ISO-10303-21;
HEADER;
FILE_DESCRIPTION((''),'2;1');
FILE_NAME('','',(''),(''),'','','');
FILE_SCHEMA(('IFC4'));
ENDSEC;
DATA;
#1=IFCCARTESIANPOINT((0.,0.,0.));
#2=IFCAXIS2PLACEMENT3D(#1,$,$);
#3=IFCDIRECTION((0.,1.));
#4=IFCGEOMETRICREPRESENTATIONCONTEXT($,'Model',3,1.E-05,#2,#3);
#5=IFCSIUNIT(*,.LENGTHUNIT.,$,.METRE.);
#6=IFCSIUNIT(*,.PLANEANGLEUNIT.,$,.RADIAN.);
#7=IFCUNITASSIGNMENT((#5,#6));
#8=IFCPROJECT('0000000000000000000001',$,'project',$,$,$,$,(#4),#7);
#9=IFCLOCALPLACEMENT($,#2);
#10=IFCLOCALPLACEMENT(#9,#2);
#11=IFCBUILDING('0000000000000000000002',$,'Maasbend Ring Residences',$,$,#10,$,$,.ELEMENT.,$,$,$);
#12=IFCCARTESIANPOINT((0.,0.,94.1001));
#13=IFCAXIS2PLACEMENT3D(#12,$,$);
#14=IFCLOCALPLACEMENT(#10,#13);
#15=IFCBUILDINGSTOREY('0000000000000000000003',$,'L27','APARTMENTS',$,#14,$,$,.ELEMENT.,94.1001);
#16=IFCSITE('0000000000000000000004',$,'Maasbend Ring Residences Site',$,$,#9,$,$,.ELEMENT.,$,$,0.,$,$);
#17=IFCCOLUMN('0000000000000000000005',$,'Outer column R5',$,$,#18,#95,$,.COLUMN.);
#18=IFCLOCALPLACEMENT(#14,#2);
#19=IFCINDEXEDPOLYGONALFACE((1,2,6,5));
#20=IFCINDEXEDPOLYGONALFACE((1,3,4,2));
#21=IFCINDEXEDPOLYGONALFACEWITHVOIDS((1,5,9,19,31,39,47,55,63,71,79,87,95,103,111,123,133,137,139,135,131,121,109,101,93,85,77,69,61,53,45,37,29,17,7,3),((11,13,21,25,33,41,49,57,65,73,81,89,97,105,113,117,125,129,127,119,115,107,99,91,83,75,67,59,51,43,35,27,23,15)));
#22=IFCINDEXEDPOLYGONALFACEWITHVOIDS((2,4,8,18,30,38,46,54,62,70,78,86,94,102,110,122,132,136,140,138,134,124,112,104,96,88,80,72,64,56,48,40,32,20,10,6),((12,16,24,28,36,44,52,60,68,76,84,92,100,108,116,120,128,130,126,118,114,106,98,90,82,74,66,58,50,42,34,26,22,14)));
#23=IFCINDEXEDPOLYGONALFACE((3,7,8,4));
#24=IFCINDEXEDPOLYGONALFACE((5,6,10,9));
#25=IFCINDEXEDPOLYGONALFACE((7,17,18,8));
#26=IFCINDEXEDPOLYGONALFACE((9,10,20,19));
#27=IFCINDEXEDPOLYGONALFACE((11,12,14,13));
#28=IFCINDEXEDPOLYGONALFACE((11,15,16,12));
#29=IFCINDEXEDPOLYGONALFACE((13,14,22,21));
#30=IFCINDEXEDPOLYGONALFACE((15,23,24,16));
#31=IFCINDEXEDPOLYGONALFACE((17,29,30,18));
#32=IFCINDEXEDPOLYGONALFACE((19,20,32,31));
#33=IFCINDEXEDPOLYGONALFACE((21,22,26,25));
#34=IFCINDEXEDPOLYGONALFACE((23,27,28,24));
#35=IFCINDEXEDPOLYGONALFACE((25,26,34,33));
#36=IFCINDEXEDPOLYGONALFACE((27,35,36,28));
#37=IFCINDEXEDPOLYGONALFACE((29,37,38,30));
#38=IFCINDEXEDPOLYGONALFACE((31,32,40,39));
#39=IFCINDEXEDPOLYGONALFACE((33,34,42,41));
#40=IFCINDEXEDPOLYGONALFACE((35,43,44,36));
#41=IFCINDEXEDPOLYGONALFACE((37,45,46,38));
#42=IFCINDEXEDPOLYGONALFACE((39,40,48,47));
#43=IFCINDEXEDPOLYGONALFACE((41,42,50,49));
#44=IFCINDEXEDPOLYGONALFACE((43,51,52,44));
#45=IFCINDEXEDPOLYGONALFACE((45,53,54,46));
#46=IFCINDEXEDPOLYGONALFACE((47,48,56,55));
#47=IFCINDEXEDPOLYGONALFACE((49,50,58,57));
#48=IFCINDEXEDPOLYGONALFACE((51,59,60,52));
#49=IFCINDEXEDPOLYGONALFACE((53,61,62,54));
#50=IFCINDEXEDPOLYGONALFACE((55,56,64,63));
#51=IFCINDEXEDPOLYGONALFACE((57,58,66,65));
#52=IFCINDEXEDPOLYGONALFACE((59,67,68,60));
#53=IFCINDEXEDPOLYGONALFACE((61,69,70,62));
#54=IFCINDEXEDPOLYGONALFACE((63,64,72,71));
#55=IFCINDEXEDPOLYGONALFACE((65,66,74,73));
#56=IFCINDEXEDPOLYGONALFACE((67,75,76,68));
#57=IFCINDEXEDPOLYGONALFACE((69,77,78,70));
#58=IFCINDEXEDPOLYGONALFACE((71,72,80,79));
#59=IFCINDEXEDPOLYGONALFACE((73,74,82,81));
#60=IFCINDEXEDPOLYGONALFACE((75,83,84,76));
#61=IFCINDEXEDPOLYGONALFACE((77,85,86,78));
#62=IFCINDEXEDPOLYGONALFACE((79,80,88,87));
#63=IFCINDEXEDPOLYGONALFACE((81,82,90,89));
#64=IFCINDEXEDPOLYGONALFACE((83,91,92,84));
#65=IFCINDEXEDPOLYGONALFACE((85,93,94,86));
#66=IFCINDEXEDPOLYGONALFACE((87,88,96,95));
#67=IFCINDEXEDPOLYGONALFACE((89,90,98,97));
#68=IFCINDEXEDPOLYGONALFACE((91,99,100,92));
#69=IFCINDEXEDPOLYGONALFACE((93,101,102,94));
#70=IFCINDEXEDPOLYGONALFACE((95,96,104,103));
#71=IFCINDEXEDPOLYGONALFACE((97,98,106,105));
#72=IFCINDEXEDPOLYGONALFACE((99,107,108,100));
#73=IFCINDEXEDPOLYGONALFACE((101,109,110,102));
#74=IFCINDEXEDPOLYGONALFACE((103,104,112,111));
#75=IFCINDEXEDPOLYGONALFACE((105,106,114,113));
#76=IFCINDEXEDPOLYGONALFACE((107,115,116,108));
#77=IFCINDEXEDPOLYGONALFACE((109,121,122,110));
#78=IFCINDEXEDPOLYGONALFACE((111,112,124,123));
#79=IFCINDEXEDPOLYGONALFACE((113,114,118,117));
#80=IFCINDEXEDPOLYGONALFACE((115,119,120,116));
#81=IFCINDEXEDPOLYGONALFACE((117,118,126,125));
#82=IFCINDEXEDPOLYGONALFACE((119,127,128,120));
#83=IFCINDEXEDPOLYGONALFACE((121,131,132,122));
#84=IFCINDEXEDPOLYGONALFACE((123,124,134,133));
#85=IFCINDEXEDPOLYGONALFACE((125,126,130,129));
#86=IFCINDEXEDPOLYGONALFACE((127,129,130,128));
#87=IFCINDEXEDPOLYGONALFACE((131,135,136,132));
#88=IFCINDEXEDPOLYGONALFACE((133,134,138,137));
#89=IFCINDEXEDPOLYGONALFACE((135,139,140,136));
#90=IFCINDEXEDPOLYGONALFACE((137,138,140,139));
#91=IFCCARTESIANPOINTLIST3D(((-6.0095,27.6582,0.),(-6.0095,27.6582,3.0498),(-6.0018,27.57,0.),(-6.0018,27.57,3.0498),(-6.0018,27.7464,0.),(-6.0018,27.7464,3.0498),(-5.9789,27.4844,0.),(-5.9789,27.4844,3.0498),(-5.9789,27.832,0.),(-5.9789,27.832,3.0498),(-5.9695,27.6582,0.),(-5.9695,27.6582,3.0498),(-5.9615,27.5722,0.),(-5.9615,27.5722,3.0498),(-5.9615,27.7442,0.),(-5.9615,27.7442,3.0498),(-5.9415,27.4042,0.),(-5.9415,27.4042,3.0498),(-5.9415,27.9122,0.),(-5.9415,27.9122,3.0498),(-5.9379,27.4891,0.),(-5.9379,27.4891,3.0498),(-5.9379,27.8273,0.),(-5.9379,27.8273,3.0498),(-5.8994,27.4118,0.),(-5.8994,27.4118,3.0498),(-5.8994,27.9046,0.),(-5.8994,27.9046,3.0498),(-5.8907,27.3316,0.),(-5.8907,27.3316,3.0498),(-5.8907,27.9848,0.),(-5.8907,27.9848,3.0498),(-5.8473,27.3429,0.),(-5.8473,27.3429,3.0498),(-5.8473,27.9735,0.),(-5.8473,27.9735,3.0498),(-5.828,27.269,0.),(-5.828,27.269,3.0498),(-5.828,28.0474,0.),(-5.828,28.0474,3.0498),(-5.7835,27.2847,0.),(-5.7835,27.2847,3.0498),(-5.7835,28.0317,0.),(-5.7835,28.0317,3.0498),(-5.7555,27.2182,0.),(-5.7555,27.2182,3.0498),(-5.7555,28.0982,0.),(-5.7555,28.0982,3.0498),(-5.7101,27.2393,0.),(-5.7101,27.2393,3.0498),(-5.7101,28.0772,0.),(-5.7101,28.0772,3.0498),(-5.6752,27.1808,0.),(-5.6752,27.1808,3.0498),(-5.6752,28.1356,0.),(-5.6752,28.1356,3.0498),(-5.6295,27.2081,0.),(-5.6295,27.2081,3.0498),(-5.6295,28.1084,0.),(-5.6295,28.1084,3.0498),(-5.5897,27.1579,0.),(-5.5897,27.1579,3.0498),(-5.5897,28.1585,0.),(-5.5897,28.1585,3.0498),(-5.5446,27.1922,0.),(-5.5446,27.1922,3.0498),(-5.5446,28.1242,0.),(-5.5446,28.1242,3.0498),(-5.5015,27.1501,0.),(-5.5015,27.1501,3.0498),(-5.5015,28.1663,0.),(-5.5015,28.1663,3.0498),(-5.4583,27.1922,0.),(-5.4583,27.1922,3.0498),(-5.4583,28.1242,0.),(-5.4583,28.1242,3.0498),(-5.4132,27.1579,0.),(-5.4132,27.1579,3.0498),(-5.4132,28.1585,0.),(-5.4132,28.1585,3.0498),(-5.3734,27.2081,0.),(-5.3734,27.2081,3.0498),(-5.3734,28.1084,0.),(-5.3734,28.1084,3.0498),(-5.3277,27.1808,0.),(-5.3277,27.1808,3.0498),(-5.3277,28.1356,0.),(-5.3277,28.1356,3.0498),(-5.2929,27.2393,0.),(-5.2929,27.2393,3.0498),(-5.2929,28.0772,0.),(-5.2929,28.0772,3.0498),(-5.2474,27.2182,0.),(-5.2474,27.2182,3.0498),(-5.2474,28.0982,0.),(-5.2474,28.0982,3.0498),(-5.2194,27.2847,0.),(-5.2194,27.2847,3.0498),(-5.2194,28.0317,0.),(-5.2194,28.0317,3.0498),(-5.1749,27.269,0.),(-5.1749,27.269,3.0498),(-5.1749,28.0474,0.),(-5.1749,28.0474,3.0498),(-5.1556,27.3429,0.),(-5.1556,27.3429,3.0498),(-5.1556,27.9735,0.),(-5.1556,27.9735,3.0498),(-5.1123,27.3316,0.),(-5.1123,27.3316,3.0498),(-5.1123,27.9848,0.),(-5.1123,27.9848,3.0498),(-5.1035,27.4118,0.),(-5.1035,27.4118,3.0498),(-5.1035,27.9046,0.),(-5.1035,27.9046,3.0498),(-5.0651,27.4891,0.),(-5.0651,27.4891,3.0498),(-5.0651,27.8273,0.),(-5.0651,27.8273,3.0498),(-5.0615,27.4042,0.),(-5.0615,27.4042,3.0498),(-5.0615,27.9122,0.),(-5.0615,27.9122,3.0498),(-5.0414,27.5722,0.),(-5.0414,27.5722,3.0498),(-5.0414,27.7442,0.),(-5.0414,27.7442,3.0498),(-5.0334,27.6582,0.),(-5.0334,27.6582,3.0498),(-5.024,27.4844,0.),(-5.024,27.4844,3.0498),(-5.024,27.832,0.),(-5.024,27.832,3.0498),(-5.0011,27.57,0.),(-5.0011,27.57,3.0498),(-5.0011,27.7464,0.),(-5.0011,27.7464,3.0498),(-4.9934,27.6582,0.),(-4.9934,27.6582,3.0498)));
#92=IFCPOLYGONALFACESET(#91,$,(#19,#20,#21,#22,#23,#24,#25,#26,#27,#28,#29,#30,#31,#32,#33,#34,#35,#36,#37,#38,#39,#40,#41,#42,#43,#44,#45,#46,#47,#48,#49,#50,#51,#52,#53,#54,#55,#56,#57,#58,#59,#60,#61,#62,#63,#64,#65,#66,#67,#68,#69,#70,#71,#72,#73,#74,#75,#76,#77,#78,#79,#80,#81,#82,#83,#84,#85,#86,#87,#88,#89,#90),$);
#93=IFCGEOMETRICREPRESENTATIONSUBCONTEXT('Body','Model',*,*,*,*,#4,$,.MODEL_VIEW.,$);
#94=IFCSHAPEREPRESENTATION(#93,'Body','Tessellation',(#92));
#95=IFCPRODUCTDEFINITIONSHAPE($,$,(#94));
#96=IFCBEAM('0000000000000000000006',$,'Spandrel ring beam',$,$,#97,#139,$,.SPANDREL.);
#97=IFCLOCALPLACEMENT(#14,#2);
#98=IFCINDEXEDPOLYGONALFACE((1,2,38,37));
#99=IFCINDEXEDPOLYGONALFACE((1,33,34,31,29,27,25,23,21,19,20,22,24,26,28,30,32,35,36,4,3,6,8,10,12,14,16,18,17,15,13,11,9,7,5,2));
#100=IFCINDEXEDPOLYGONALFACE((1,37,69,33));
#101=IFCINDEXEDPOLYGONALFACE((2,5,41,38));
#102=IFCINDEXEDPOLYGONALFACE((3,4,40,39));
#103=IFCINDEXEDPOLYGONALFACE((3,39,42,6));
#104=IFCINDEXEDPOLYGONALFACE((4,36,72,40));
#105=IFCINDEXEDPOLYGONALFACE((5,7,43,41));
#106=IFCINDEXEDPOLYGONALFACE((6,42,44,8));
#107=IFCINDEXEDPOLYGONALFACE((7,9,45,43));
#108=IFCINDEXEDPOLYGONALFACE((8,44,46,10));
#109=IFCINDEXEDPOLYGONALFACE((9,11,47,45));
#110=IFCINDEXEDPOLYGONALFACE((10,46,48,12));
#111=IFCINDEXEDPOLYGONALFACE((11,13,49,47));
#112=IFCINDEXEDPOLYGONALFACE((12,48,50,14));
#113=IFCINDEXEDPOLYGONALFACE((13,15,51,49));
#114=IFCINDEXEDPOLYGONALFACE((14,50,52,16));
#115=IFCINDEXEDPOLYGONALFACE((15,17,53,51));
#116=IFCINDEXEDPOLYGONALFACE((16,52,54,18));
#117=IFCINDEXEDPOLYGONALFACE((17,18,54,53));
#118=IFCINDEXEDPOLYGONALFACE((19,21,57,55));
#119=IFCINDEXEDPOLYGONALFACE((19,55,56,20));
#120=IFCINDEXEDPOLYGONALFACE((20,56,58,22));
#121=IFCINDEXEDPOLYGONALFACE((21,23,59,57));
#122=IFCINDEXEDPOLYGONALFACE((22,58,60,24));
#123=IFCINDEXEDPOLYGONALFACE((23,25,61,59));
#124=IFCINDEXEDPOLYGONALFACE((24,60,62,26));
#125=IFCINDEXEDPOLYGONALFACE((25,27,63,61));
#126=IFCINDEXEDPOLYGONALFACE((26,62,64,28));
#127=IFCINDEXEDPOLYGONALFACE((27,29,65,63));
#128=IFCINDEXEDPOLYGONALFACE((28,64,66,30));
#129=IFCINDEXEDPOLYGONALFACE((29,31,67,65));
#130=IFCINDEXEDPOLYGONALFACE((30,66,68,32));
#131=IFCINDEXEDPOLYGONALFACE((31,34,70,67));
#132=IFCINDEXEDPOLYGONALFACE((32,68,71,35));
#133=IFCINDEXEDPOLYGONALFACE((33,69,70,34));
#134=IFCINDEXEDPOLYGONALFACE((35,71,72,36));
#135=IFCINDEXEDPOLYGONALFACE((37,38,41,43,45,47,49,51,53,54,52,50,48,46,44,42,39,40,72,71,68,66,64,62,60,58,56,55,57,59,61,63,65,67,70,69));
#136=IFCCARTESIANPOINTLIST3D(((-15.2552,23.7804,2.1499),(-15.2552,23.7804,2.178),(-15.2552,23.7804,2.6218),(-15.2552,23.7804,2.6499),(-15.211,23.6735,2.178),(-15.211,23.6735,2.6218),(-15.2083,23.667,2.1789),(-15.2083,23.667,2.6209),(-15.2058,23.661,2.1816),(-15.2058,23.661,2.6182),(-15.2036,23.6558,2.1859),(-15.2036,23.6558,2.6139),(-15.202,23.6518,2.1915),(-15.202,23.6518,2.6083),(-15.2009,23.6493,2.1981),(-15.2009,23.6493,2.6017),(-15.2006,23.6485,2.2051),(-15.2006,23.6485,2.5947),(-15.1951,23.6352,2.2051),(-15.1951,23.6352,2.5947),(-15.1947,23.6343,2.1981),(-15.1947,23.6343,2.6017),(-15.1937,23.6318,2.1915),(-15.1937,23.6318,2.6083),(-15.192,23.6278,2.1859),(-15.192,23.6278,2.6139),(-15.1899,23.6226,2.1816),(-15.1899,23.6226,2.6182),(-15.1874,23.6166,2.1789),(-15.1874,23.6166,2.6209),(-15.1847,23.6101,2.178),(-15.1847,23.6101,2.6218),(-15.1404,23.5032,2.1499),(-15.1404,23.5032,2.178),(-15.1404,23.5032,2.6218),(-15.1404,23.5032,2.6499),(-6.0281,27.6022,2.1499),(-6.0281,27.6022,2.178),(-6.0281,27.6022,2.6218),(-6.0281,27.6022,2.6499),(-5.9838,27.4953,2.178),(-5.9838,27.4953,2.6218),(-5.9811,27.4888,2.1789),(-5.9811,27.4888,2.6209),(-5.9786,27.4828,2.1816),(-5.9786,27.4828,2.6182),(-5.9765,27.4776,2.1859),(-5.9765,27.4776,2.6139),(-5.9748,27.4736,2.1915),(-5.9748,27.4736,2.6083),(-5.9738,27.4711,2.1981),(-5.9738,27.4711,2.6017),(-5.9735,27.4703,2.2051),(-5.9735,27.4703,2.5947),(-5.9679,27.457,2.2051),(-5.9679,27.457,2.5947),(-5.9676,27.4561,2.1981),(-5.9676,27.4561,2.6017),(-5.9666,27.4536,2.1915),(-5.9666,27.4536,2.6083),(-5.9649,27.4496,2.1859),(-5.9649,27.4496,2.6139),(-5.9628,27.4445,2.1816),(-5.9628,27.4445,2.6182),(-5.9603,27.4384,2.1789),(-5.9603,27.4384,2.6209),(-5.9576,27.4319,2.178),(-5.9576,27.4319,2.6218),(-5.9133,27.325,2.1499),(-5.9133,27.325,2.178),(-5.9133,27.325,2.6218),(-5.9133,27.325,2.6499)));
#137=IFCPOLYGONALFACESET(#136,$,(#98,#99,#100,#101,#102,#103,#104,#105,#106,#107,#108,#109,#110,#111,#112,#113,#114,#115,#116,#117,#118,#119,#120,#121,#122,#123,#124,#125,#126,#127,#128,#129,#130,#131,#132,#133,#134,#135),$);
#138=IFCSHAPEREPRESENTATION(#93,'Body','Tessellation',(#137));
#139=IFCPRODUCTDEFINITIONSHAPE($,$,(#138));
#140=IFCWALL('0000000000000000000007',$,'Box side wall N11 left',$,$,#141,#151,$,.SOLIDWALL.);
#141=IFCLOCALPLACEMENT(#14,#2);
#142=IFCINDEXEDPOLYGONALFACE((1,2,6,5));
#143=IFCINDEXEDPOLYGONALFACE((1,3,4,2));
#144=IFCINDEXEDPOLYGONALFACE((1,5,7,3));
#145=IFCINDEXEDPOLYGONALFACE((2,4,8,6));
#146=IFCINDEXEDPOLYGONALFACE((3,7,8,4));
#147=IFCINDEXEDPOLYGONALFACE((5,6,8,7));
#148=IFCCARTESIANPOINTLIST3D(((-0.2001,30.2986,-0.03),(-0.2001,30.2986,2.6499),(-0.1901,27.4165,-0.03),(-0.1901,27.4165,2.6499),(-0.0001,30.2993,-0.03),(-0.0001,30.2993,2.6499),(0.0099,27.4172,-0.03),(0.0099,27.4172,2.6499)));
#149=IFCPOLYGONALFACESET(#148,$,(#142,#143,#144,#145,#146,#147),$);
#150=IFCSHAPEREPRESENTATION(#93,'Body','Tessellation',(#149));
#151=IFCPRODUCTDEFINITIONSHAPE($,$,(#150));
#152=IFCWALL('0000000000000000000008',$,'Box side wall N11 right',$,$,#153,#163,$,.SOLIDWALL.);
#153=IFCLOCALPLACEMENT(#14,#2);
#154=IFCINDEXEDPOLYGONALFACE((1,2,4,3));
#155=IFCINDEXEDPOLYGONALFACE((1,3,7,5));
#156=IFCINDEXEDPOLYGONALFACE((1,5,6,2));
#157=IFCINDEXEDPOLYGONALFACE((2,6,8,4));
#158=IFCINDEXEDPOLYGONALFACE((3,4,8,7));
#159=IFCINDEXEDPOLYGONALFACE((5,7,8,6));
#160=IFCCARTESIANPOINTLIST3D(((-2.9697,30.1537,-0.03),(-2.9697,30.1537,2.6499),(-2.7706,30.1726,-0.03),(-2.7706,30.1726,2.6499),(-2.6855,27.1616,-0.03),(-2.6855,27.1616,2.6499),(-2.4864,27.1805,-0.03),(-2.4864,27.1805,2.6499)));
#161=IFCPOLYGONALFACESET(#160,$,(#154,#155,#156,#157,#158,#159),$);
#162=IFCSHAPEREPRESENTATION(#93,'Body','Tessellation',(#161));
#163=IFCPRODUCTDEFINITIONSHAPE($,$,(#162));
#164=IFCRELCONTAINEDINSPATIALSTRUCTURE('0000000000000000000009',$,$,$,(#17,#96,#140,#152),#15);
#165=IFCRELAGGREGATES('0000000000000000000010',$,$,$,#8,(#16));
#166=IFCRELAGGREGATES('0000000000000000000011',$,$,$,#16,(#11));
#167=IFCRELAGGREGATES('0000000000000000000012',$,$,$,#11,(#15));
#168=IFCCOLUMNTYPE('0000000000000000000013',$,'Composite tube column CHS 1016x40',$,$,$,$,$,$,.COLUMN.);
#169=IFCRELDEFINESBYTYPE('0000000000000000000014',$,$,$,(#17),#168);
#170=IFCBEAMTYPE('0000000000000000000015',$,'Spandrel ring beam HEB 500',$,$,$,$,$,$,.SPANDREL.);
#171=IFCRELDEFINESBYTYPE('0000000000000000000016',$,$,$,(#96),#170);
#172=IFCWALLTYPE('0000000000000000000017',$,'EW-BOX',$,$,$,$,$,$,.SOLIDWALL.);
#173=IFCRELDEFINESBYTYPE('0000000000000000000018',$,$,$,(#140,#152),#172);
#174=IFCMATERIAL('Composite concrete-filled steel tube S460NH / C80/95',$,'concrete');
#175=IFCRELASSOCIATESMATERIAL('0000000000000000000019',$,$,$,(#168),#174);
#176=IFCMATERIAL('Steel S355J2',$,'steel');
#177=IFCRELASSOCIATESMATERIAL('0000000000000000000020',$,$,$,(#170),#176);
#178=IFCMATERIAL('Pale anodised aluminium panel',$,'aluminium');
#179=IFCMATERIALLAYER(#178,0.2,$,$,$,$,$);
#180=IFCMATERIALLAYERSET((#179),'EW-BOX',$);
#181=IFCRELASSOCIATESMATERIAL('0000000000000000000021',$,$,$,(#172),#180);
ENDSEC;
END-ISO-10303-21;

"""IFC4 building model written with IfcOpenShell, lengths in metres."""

from ifc_helpers import new_model, si_unit, direction, frame, frame_2d, origin, origin_2d, place, context, subcontext, project, spatial, rectangle, hollow_circle, i_section, extrude, material, layer, layer_set, material_profile, profile_set, type_object, element, save


model = new_model("IFC4")

# Units and contexts
model_context = context("Model", 3, precision=1e-05, world=origin(), true_north=direction((0.0, 1.0)))
body_context = subcontext(model_context, "Body", "Model", "MODEL_VIEW")
ifc_project = project(units=[si_unit("LENGTHUNIT", "METRE"), si_unit("PLANEANGLEUNIT", "RADIAN")], contexts=[model_context])

# Site, building, storey
site_placement = place(None, origin())
site = spatial("IfcSite", under=ifc_project, at=site_placement, Name="Maasbend Ring Residences Site", CompositionType="ELEMENT", RefElevation=0.0)
building_placement = place(site_placement, origin())
building = spatial("IfcBuilding", under=site, at=building_placement, Name="Maasbend Ring Residences", CompositionType="ELEMENT")
storey_placement = place(building_placement, frame((0.0, 0.0, 94.1001)))
storey = spatial("IfcBuildingStorey", under=building, at=storey_placement, Name="L27", Description="APARTMENTS", CompositionType="ELEMENT", Elevation=94.1001)

# Column
ifc_material_1 = material(Name="Composite concrete-filled steel tube S460NH / C80/95", Category="concrete")
ifc_material_profile_1 = material_profile(ifc_material_1, hollow_circle(Radius=0.5081, WallThickness=0.04, at=origin_2d()), Name="Composite tube column CHS 1016x40")
ifc_profile_set_1 = profile_set([ifc_material_profile_1], Name="Composite concrete-filled steel tube S460NH / C80/95")
column_type = type_object("IfcColumnType", Name="Composite tube column CHS 1016x40", PredefinedType="COLUMN", material=ifc_profile_set_1)
column_placement = place(storey_placement, frame((-5.5015, 27.6582, 0.0), z_axis=(0.0, 0.0, 1.0), x_axis=(1.0, 0.0, 0.0)))
element("IfcColumn", 1, at=column_placement, inside=storey, type_object=column_type, Name="Outer column R5", PredefinedType="COLUMN", context=body_context, shape_type="SweptSolid", body=[
    extrude(hollow_circle(Radius=0.5081, WallThickness=0.04, at=origin_2d()), origin(), (0.0, 0.0, 1.0), 3.0498),
])

# Beam
ifc_material_2 = material(Name="Steel S355J2", Category="steel")
ifc_material_profile_2 = material_profile(ifc_material_2, i_section(OverallWidth=0.3, OverallDepth=0.5, WebThickness=0.0144, FlangeThickness=0.0281, FilletRadius=0.0271, at=origin_2d()), Name="HEB 500")
ifc_profile_set_2 = profile_set([ifc_material_profile_2], Name="Steel S355J2")
beam_type = type_object("IfcBeamType", Name="Spandrel ring beam HEB 500", PredefinedType="SPANDREL", material=ifc_profile_set_2)
beam_placement = place(storey_placement, frame((-5.9707, 27.4636, 2.3999), z_axis=(-0.923886, -0.382667, 0.0), x_axis=(0.382667, -0.923886, 0.0)))
element("IfcBeam", 2, at=beam_placement, inside=storey, type_object=beam_type, Name="Spandrel ring beam", PredefinedType="SPANDREL", context=body_context, shape_type="SweptSolid", body=[
    extrude(i_section(OverallWidth=0.3, OverallDepth=0.5, WebThickness=0.0144, FlangeThickness=0.0281, FilletRadius=0.0271, at=origin_2d()), origin(), (0.0, 0.0, 1.0), 9.9873),
])

# Walls
ifc_material_3 = material(Name="Pale anodised aluminium panel", Category="aluminium")
ifc_layer_1 = layer(ifc_material_3, 0.2)
ifc_layer_set_1 = layer_set([ifc_layer_1], Name="EW-BOX")
wall_type_1 = type_object("IfcWallType", Name="EW-BOX", PredefinedType="SOLIDWALL", material=ifc_layer_set_1)
wall_1_placement = place(storey_placement, frame((-0.0901, 27.417, -0.03), z_axis=(0.0, 0.0, 1.0), x_axis=(-0.003473, 0.999994, 0.0)))
element("IfcWall", 3, at=wall_1_placement, inside=storey, type_object=wall_type_1, Name="Box side wall N11 left", PredefinedType="SOLIDWALL", context=body_context, shape_type="SweptSolid", body=[
    extrude(rectangle(XDim=2.8821, YDim=0.2, at=frame_2d((1.4409, 0.0))), origin(), (0.0, 0.0, 1.0), 2.6799),
])
wall_2_placement = place(storey_placement, frame((-2.5859, 27.1709, -0.03), z_axis=(0.0, 0.0, 1.0), x_axis=(-0.094548, 0.99552, 0.0)))
element("IfcWall", 4, at=wall_2_placement, inside=storey, type_object=wall_type_1, Name="Box side wall N11 right", PredefinedType="SOLIDWALL", context=body_context, shape_type="SweptSolid", body=[
    extrude(rectangle(XDim=3.0056, YDim=0.2, at=frame_2d((1.5029, 0.0))), origin(), (0.0, 0.0, 1.0), 2.6799),
])

save(model, "model.ifc")
